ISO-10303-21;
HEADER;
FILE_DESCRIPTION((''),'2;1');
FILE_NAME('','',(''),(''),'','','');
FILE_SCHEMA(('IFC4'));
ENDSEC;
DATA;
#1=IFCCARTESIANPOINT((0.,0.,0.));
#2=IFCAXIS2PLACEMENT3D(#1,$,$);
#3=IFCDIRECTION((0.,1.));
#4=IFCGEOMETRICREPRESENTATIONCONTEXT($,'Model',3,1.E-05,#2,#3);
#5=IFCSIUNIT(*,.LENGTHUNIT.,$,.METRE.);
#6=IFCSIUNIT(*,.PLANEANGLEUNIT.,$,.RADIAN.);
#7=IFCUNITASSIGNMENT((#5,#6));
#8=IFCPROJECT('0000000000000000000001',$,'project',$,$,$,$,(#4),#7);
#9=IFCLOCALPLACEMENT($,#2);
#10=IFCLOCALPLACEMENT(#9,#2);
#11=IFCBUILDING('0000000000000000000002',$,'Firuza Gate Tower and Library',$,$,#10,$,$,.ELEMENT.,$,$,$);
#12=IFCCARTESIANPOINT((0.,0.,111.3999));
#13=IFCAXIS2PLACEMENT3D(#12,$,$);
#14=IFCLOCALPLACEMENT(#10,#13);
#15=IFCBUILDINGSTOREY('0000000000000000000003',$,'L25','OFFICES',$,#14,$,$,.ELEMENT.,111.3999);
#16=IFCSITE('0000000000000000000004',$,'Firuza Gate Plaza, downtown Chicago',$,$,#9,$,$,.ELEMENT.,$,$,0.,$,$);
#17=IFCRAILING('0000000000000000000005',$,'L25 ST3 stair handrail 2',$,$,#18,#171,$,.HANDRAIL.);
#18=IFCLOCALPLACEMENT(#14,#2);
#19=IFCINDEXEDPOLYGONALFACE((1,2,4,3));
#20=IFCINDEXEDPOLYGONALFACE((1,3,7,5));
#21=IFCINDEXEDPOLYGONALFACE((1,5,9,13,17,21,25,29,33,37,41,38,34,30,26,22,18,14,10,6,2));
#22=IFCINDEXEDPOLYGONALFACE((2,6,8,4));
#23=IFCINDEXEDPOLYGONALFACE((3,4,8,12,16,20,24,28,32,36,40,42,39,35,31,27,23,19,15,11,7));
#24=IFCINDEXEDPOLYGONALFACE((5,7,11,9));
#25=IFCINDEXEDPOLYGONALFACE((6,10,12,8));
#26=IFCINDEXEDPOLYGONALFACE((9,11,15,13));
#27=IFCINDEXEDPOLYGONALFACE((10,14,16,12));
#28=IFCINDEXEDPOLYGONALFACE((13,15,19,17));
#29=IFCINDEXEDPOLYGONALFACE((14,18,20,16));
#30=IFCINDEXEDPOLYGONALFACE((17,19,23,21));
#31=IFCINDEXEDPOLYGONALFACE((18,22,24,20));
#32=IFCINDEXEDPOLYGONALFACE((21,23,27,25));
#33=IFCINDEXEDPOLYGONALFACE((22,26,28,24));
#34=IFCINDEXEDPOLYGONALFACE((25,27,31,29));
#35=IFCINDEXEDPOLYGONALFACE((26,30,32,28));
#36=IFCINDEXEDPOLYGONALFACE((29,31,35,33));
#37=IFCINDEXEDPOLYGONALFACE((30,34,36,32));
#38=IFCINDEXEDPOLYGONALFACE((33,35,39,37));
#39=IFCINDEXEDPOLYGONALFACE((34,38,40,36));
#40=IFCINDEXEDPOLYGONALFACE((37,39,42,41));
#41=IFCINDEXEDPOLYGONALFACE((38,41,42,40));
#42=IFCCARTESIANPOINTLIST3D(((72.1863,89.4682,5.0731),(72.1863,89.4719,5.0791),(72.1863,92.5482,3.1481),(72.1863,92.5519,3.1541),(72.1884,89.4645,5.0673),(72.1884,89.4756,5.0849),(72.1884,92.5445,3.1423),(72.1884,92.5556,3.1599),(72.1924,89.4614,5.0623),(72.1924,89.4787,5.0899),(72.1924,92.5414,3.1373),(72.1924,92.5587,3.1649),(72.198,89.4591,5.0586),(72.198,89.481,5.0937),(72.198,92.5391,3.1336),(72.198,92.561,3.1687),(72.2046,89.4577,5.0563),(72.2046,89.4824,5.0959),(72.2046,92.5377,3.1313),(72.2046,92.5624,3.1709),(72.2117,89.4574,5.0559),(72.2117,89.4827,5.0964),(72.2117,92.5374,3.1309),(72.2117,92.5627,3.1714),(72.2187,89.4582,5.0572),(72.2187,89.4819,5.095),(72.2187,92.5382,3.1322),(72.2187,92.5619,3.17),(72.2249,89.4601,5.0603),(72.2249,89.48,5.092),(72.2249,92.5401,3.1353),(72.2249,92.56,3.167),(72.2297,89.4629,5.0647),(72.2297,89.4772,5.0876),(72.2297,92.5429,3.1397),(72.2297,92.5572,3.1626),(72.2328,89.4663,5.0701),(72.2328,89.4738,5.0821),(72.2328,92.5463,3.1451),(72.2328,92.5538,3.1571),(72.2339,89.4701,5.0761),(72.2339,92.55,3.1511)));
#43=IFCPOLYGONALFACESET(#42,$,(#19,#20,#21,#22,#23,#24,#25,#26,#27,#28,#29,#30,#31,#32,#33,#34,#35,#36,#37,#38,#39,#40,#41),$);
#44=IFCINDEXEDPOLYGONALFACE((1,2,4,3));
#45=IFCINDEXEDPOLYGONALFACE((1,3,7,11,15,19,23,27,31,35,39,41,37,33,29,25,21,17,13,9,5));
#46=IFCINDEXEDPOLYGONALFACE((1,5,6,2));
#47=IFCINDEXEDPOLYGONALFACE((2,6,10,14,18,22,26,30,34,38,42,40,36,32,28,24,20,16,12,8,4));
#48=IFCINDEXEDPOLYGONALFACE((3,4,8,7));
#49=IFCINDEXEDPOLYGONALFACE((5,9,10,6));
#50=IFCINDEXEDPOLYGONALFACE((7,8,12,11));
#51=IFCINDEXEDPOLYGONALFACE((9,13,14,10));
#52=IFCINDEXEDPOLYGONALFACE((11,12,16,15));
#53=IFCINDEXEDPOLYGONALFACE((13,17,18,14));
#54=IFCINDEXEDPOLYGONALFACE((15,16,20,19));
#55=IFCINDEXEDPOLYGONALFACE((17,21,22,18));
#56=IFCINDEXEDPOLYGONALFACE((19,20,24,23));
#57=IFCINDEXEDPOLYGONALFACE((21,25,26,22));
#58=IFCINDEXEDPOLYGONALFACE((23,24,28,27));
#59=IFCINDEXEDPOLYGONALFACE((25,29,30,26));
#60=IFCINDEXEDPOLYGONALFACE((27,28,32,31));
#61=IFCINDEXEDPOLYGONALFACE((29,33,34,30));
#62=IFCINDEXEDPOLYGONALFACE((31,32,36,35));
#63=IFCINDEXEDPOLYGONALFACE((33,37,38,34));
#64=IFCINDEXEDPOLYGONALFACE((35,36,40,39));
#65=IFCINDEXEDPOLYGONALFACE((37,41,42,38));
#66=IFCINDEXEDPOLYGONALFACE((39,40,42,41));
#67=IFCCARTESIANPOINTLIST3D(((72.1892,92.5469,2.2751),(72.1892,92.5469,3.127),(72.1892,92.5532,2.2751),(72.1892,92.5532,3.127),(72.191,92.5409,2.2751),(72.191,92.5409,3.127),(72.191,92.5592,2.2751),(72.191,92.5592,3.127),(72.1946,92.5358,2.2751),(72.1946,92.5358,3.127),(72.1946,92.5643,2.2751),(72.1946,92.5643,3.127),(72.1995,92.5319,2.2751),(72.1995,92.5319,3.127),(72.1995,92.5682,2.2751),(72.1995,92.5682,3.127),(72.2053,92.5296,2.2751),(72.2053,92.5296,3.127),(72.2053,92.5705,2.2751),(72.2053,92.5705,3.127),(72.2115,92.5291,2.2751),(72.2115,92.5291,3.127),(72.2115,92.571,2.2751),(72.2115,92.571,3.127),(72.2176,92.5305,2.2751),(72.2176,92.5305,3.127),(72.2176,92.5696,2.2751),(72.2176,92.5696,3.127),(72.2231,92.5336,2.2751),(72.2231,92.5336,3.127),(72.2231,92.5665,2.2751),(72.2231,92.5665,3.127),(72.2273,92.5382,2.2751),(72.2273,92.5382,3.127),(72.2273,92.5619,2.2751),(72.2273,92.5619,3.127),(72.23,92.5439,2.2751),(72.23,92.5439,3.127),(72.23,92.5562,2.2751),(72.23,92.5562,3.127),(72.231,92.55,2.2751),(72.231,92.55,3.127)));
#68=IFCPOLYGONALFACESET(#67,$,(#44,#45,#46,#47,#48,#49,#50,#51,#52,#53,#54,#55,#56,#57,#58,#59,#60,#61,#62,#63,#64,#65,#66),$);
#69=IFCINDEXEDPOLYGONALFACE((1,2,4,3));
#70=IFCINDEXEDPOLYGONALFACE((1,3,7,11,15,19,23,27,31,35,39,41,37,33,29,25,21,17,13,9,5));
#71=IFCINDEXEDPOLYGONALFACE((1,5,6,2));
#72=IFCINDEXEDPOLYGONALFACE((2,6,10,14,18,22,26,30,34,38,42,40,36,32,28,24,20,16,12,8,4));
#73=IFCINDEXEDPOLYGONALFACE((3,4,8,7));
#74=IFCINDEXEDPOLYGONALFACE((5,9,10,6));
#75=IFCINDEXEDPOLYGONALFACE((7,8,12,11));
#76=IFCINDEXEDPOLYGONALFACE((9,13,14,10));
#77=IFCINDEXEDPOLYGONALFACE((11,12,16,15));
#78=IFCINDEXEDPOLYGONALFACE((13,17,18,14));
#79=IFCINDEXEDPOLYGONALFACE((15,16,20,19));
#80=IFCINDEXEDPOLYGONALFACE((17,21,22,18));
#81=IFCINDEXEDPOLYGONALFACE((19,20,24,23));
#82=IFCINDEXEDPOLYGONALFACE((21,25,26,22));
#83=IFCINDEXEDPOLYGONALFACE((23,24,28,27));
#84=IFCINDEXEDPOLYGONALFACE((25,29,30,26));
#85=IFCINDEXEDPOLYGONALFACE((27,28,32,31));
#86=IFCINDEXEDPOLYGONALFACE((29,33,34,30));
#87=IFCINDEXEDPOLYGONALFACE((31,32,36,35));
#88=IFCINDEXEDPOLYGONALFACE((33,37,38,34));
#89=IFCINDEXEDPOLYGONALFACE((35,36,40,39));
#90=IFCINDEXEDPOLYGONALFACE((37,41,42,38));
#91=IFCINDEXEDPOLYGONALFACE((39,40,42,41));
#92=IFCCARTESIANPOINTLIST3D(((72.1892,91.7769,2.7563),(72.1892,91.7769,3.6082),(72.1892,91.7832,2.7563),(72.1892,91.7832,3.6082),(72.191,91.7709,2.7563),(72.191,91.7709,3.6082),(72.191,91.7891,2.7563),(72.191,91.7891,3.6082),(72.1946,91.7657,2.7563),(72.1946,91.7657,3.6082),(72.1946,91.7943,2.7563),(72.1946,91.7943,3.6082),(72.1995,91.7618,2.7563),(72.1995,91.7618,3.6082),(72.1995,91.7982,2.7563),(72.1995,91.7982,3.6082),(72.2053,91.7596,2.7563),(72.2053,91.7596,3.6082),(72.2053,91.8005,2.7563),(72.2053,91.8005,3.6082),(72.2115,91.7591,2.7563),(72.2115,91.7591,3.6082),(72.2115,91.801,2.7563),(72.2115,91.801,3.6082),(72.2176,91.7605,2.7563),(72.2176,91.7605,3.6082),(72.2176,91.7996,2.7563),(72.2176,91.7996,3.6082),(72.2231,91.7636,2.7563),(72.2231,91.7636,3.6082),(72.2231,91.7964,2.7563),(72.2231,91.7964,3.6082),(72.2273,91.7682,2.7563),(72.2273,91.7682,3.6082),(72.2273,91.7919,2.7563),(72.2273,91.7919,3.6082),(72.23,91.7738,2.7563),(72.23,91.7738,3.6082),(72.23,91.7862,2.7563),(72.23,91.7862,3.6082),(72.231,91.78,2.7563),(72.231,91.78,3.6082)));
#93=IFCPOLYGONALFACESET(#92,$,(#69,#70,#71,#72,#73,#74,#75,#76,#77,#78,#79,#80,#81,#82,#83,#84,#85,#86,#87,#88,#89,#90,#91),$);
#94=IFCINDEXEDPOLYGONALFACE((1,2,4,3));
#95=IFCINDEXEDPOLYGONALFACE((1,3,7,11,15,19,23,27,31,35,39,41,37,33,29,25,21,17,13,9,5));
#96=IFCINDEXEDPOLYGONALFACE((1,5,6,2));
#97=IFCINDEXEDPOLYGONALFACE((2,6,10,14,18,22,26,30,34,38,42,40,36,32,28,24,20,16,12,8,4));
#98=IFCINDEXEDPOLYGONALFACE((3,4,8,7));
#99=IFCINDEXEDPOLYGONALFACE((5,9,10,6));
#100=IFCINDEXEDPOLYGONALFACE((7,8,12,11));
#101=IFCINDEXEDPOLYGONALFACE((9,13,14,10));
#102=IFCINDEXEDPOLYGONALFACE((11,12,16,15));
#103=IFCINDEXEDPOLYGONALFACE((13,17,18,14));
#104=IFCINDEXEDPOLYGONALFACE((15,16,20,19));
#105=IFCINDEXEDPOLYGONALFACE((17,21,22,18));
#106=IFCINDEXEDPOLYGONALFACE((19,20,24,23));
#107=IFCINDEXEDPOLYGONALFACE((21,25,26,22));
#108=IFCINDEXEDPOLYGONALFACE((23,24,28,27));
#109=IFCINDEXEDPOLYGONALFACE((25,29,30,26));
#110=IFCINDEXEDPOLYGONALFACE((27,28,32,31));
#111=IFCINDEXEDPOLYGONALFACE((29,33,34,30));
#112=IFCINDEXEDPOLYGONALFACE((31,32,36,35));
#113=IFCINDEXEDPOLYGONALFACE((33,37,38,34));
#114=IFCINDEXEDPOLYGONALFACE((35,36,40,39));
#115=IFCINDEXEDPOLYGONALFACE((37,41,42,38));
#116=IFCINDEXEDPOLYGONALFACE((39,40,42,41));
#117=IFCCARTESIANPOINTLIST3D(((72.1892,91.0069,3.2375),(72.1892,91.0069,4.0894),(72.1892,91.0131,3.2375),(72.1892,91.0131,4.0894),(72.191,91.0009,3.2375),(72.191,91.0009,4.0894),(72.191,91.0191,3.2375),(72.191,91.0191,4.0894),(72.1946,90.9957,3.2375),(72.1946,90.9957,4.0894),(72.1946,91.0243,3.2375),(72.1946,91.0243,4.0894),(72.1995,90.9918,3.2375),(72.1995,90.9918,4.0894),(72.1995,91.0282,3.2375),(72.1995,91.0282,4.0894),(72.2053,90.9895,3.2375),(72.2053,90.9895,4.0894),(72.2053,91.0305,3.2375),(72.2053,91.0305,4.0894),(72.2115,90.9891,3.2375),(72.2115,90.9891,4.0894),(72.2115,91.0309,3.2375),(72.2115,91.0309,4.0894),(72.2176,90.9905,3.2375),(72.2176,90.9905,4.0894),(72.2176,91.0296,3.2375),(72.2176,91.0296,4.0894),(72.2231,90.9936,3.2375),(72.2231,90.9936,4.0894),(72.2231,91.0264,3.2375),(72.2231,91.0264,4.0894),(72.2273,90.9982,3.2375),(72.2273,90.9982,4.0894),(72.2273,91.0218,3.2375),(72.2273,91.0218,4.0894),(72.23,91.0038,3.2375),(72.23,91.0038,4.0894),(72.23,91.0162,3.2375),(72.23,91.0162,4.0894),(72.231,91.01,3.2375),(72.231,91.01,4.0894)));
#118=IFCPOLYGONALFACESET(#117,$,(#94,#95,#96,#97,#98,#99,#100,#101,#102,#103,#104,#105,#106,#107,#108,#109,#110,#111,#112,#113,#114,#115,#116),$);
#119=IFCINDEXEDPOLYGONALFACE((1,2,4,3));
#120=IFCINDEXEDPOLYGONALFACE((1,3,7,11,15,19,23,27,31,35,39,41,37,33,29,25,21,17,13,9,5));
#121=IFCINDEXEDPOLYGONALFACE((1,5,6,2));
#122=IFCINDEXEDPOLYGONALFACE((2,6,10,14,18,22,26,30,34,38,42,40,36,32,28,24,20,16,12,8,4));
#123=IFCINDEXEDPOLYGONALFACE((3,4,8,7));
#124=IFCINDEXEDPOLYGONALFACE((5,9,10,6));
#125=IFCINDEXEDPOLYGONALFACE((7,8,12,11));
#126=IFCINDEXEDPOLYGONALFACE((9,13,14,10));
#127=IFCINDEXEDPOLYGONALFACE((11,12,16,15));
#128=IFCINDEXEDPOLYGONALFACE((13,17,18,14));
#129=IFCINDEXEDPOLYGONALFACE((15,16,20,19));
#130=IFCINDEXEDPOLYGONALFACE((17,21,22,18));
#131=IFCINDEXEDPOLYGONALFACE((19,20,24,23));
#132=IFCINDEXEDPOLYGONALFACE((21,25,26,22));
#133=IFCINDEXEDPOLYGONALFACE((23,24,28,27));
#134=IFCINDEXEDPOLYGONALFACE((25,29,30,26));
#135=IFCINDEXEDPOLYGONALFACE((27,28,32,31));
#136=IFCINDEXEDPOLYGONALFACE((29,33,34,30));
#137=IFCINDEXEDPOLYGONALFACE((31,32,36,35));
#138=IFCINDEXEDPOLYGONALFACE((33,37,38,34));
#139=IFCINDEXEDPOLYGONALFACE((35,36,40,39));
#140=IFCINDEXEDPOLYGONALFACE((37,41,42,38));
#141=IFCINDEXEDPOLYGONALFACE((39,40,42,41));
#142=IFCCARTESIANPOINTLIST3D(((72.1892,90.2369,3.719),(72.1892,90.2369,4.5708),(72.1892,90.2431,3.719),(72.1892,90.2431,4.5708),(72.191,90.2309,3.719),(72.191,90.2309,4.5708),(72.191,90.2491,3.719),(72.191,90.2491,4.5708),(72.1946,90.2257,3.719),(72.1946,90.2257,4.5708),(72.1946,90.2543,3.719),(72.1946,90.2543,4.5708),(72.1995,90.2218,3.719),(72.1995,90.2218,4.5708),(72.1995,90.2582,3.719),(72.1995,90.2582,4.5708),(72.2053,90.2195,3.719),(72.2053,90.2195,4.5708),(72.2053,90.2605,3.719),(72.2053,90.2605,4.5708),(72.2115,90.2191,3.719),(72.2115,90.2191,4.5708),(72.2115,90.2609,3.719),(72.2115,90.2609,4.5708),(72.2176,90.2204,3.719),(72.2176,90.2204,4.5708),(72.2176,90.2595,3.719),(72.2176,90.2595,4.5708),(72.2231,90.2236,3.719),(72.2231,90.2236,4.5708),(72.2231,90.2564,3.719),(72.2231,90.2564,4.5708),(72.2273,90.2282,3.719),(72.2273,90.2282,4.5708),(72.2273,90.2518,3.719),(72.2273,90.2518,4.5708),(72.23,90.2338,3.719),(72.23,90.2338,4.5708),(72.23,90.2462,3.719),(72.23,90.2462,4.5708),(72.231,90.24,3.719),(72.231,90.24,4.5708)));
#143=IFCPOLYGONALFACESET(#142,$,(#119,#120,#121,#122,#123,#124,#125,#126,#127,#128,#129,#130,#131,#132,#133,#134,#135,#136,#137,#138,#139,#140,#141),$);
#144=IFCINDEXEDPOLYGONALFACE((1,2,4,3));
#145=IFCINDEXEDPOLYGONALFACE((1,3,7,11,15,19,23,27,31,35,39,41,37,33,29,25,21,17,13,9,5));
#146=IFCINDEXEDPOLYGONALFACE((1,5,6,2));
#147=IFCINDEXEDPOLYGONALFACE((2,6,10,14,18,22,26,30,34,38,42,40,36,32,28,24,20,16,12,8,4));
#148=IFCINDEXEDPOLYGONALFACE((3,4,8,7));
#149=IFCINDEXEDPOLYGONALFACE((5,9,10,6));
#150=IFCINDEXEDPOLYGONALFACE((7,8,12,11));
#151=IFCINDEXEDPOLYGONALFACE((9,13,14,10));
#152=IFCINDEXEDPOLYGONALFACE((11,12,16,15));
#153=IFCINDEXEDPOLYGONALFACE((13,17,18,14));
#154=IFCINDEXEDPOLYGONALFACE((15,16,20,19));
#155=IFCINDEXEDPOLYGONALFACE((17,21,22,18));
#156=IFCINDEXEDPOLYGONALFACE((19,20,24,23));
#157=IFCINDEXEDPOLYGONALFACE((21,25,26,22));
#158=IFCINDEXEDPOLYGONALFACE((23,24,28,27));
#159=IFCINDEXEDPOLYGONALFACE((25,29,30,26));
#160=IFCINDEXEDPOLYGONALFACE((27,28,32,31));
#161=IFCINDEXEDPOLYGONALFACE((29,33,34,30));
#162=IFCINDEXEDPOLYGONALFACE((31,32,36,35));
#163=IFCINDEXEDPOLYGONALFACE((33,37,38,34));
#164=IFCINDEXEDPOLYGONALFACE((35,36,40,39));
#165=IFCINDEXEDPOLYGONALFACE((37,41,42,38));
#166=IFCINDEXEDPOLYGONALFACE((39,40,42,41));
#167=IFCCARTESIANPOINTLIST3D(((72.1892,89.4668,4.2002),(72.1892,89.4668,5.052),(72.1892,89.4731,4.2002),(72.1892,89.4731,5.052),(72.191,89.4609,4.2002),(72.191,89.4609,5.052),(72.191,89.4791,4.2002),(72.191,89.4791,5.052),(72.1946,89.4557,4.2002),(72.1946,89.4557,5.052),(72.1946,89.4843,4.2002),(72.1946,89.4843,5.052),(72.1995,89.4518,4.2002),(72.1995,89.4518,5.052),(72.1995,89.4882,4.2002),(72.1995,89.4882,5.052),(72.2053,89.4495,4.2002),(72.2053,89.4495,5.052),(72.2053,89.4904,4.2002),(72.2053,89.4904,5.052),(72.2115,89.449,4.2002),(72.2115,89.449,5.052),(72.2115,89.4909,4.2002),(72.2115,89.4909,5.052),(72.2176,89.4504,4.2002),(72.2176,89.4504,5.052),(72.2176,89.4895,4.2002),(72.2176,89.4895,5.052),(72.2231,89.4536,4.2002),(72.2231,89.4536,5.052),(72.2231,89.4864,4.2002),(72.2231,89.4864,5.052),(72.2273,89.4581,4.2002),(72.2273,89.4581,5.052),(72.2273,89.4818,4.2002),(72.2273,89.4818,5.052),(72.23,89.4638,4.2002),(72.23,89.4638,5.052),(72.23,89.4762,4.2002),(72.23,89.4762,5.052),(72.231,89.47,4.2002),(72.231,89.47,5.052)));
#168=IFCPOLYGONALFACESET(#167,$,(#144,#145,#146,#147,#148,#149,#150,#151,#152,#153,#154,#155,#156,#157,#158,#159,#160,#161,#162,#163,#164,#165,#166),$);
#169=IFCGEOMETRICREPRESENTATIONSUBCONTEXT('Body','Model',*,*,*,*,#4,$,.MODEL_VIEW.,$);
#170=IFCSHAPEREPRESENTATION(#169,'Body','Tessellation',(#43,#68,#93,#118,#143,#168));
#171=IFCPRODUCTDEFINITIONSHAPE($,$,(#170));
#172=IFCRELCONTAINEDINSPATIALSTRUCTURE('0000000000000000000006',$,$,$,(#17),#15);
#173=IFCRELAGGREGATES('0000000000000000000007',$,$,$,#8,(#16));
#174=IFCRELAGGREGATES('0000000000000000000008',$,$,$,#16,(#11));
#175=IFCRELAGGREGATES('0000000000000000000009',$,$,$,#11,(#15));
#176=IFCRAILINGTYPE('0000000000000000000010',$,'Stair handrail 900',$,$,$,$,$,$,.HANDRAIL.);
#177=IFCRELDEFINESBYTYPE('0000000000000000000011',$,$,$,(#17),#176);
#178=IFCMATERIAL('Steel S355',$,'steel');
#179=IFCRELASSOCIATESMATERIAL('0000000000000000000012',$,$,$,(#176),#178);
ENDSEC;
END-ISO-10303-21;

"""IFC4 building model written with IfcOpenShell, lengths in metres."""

from ifc_helpers import new_model, si_unit, direction, frame, origin, origin_2d, place, context, subcontext, project, spatial, circle, extrude, material, type_object, element, save


model = new_model("IFC4")

# Units and contexts
model_context = context("Model", 3, precision=1e-05, world=origin(), true_north=direction((0.0, 1.0)))
body_context = subcontext(model_context, "Body", "Model", "MODEL_VIEW")
ifc_project = project(units=[si_unit("LENGTHUNIT", "METRE"), si_unit("PLANEANGLEUNIT", "RADIAN")], contexts=[model_context])

# Site, building, storey
site_placement = place(None, origin())
site = spatial("IfcSite", under=ifc_project, at=site_placement, Name="Firuza Gate Plaza, downtown Chicago", CompositionType="ELEMENT", RefElevation=0.0)
building_placement = place(site_placement, origin())
building = spatial("IfcBuilding", under=site, at=building_placement, Name="Firuza Gate Tower and Library", CompositionType="ELEMENT")
storey_placement = place(building_placement, frame((0.0, 0.0, 111.3999)))
storey = spatial("IfcBuildingStorey", under=building, at=storey_placement, Name="L25", Description="OFFICES", CompositionType="ELEMENT", Elevation=111.3999)

# Railing
ifc_material_1 = material(Name="Steel S355", Category="steel")
railing_type = type_object("IfcRailingType", Name="Stair handrail 900", PredefinedType="HANDRAIL", material=ifc_material_1)
railing_placement = place(storey_placement, frame((72.21, 92.55, 2.2751)))
element("IfcRailing", 1, at=railing_placement, inside=storey, type_object=railing_type, Name="L25 ST3 stair handrail 2", PredefinedType="HANDRAIL", context=body_context, shape_type="SweptSolid", body=[
    extrude(circle(Radius=0.0239, at=origin_2d()), frame((0.0, 0.0, 0.876), z_axis=(0.0, -0.847998, 0.529999), x_axis=(1.0, 0.0, 0.0)), (0.0, 0.0, 1.0), 3.6321),
    extrude(circle(Radius=0.021, at=origin_2d()), origin(), (0.0, 0.0, 1.0), 0.8518),
    extrude(circle(Radius=0.021, at=origin_2d()), frame((0.0, -0.77, 0.4812)), (0.0, 0.0, 1.0), 0.8518),
    extrude(circle(Radius=0.021, at=origin_2d()), frame((0.0, -1.54, 0.9624)), (0.0, 0.0, 1.0), 0.8518),
    extrude(circle(Radius=0.021, at=origin_2d()), frame((0.0, -2.3101, 1.4438)), (0.0, 0.0, 1.0), 0.8518),
    extrude(circle(Radius=0.021, at=origin_2d()), frame((0.0, -3.0801, 1.925)), (0.0, 0.0, 1.0), 0.8518),
])

save(model, "model.ifc")
